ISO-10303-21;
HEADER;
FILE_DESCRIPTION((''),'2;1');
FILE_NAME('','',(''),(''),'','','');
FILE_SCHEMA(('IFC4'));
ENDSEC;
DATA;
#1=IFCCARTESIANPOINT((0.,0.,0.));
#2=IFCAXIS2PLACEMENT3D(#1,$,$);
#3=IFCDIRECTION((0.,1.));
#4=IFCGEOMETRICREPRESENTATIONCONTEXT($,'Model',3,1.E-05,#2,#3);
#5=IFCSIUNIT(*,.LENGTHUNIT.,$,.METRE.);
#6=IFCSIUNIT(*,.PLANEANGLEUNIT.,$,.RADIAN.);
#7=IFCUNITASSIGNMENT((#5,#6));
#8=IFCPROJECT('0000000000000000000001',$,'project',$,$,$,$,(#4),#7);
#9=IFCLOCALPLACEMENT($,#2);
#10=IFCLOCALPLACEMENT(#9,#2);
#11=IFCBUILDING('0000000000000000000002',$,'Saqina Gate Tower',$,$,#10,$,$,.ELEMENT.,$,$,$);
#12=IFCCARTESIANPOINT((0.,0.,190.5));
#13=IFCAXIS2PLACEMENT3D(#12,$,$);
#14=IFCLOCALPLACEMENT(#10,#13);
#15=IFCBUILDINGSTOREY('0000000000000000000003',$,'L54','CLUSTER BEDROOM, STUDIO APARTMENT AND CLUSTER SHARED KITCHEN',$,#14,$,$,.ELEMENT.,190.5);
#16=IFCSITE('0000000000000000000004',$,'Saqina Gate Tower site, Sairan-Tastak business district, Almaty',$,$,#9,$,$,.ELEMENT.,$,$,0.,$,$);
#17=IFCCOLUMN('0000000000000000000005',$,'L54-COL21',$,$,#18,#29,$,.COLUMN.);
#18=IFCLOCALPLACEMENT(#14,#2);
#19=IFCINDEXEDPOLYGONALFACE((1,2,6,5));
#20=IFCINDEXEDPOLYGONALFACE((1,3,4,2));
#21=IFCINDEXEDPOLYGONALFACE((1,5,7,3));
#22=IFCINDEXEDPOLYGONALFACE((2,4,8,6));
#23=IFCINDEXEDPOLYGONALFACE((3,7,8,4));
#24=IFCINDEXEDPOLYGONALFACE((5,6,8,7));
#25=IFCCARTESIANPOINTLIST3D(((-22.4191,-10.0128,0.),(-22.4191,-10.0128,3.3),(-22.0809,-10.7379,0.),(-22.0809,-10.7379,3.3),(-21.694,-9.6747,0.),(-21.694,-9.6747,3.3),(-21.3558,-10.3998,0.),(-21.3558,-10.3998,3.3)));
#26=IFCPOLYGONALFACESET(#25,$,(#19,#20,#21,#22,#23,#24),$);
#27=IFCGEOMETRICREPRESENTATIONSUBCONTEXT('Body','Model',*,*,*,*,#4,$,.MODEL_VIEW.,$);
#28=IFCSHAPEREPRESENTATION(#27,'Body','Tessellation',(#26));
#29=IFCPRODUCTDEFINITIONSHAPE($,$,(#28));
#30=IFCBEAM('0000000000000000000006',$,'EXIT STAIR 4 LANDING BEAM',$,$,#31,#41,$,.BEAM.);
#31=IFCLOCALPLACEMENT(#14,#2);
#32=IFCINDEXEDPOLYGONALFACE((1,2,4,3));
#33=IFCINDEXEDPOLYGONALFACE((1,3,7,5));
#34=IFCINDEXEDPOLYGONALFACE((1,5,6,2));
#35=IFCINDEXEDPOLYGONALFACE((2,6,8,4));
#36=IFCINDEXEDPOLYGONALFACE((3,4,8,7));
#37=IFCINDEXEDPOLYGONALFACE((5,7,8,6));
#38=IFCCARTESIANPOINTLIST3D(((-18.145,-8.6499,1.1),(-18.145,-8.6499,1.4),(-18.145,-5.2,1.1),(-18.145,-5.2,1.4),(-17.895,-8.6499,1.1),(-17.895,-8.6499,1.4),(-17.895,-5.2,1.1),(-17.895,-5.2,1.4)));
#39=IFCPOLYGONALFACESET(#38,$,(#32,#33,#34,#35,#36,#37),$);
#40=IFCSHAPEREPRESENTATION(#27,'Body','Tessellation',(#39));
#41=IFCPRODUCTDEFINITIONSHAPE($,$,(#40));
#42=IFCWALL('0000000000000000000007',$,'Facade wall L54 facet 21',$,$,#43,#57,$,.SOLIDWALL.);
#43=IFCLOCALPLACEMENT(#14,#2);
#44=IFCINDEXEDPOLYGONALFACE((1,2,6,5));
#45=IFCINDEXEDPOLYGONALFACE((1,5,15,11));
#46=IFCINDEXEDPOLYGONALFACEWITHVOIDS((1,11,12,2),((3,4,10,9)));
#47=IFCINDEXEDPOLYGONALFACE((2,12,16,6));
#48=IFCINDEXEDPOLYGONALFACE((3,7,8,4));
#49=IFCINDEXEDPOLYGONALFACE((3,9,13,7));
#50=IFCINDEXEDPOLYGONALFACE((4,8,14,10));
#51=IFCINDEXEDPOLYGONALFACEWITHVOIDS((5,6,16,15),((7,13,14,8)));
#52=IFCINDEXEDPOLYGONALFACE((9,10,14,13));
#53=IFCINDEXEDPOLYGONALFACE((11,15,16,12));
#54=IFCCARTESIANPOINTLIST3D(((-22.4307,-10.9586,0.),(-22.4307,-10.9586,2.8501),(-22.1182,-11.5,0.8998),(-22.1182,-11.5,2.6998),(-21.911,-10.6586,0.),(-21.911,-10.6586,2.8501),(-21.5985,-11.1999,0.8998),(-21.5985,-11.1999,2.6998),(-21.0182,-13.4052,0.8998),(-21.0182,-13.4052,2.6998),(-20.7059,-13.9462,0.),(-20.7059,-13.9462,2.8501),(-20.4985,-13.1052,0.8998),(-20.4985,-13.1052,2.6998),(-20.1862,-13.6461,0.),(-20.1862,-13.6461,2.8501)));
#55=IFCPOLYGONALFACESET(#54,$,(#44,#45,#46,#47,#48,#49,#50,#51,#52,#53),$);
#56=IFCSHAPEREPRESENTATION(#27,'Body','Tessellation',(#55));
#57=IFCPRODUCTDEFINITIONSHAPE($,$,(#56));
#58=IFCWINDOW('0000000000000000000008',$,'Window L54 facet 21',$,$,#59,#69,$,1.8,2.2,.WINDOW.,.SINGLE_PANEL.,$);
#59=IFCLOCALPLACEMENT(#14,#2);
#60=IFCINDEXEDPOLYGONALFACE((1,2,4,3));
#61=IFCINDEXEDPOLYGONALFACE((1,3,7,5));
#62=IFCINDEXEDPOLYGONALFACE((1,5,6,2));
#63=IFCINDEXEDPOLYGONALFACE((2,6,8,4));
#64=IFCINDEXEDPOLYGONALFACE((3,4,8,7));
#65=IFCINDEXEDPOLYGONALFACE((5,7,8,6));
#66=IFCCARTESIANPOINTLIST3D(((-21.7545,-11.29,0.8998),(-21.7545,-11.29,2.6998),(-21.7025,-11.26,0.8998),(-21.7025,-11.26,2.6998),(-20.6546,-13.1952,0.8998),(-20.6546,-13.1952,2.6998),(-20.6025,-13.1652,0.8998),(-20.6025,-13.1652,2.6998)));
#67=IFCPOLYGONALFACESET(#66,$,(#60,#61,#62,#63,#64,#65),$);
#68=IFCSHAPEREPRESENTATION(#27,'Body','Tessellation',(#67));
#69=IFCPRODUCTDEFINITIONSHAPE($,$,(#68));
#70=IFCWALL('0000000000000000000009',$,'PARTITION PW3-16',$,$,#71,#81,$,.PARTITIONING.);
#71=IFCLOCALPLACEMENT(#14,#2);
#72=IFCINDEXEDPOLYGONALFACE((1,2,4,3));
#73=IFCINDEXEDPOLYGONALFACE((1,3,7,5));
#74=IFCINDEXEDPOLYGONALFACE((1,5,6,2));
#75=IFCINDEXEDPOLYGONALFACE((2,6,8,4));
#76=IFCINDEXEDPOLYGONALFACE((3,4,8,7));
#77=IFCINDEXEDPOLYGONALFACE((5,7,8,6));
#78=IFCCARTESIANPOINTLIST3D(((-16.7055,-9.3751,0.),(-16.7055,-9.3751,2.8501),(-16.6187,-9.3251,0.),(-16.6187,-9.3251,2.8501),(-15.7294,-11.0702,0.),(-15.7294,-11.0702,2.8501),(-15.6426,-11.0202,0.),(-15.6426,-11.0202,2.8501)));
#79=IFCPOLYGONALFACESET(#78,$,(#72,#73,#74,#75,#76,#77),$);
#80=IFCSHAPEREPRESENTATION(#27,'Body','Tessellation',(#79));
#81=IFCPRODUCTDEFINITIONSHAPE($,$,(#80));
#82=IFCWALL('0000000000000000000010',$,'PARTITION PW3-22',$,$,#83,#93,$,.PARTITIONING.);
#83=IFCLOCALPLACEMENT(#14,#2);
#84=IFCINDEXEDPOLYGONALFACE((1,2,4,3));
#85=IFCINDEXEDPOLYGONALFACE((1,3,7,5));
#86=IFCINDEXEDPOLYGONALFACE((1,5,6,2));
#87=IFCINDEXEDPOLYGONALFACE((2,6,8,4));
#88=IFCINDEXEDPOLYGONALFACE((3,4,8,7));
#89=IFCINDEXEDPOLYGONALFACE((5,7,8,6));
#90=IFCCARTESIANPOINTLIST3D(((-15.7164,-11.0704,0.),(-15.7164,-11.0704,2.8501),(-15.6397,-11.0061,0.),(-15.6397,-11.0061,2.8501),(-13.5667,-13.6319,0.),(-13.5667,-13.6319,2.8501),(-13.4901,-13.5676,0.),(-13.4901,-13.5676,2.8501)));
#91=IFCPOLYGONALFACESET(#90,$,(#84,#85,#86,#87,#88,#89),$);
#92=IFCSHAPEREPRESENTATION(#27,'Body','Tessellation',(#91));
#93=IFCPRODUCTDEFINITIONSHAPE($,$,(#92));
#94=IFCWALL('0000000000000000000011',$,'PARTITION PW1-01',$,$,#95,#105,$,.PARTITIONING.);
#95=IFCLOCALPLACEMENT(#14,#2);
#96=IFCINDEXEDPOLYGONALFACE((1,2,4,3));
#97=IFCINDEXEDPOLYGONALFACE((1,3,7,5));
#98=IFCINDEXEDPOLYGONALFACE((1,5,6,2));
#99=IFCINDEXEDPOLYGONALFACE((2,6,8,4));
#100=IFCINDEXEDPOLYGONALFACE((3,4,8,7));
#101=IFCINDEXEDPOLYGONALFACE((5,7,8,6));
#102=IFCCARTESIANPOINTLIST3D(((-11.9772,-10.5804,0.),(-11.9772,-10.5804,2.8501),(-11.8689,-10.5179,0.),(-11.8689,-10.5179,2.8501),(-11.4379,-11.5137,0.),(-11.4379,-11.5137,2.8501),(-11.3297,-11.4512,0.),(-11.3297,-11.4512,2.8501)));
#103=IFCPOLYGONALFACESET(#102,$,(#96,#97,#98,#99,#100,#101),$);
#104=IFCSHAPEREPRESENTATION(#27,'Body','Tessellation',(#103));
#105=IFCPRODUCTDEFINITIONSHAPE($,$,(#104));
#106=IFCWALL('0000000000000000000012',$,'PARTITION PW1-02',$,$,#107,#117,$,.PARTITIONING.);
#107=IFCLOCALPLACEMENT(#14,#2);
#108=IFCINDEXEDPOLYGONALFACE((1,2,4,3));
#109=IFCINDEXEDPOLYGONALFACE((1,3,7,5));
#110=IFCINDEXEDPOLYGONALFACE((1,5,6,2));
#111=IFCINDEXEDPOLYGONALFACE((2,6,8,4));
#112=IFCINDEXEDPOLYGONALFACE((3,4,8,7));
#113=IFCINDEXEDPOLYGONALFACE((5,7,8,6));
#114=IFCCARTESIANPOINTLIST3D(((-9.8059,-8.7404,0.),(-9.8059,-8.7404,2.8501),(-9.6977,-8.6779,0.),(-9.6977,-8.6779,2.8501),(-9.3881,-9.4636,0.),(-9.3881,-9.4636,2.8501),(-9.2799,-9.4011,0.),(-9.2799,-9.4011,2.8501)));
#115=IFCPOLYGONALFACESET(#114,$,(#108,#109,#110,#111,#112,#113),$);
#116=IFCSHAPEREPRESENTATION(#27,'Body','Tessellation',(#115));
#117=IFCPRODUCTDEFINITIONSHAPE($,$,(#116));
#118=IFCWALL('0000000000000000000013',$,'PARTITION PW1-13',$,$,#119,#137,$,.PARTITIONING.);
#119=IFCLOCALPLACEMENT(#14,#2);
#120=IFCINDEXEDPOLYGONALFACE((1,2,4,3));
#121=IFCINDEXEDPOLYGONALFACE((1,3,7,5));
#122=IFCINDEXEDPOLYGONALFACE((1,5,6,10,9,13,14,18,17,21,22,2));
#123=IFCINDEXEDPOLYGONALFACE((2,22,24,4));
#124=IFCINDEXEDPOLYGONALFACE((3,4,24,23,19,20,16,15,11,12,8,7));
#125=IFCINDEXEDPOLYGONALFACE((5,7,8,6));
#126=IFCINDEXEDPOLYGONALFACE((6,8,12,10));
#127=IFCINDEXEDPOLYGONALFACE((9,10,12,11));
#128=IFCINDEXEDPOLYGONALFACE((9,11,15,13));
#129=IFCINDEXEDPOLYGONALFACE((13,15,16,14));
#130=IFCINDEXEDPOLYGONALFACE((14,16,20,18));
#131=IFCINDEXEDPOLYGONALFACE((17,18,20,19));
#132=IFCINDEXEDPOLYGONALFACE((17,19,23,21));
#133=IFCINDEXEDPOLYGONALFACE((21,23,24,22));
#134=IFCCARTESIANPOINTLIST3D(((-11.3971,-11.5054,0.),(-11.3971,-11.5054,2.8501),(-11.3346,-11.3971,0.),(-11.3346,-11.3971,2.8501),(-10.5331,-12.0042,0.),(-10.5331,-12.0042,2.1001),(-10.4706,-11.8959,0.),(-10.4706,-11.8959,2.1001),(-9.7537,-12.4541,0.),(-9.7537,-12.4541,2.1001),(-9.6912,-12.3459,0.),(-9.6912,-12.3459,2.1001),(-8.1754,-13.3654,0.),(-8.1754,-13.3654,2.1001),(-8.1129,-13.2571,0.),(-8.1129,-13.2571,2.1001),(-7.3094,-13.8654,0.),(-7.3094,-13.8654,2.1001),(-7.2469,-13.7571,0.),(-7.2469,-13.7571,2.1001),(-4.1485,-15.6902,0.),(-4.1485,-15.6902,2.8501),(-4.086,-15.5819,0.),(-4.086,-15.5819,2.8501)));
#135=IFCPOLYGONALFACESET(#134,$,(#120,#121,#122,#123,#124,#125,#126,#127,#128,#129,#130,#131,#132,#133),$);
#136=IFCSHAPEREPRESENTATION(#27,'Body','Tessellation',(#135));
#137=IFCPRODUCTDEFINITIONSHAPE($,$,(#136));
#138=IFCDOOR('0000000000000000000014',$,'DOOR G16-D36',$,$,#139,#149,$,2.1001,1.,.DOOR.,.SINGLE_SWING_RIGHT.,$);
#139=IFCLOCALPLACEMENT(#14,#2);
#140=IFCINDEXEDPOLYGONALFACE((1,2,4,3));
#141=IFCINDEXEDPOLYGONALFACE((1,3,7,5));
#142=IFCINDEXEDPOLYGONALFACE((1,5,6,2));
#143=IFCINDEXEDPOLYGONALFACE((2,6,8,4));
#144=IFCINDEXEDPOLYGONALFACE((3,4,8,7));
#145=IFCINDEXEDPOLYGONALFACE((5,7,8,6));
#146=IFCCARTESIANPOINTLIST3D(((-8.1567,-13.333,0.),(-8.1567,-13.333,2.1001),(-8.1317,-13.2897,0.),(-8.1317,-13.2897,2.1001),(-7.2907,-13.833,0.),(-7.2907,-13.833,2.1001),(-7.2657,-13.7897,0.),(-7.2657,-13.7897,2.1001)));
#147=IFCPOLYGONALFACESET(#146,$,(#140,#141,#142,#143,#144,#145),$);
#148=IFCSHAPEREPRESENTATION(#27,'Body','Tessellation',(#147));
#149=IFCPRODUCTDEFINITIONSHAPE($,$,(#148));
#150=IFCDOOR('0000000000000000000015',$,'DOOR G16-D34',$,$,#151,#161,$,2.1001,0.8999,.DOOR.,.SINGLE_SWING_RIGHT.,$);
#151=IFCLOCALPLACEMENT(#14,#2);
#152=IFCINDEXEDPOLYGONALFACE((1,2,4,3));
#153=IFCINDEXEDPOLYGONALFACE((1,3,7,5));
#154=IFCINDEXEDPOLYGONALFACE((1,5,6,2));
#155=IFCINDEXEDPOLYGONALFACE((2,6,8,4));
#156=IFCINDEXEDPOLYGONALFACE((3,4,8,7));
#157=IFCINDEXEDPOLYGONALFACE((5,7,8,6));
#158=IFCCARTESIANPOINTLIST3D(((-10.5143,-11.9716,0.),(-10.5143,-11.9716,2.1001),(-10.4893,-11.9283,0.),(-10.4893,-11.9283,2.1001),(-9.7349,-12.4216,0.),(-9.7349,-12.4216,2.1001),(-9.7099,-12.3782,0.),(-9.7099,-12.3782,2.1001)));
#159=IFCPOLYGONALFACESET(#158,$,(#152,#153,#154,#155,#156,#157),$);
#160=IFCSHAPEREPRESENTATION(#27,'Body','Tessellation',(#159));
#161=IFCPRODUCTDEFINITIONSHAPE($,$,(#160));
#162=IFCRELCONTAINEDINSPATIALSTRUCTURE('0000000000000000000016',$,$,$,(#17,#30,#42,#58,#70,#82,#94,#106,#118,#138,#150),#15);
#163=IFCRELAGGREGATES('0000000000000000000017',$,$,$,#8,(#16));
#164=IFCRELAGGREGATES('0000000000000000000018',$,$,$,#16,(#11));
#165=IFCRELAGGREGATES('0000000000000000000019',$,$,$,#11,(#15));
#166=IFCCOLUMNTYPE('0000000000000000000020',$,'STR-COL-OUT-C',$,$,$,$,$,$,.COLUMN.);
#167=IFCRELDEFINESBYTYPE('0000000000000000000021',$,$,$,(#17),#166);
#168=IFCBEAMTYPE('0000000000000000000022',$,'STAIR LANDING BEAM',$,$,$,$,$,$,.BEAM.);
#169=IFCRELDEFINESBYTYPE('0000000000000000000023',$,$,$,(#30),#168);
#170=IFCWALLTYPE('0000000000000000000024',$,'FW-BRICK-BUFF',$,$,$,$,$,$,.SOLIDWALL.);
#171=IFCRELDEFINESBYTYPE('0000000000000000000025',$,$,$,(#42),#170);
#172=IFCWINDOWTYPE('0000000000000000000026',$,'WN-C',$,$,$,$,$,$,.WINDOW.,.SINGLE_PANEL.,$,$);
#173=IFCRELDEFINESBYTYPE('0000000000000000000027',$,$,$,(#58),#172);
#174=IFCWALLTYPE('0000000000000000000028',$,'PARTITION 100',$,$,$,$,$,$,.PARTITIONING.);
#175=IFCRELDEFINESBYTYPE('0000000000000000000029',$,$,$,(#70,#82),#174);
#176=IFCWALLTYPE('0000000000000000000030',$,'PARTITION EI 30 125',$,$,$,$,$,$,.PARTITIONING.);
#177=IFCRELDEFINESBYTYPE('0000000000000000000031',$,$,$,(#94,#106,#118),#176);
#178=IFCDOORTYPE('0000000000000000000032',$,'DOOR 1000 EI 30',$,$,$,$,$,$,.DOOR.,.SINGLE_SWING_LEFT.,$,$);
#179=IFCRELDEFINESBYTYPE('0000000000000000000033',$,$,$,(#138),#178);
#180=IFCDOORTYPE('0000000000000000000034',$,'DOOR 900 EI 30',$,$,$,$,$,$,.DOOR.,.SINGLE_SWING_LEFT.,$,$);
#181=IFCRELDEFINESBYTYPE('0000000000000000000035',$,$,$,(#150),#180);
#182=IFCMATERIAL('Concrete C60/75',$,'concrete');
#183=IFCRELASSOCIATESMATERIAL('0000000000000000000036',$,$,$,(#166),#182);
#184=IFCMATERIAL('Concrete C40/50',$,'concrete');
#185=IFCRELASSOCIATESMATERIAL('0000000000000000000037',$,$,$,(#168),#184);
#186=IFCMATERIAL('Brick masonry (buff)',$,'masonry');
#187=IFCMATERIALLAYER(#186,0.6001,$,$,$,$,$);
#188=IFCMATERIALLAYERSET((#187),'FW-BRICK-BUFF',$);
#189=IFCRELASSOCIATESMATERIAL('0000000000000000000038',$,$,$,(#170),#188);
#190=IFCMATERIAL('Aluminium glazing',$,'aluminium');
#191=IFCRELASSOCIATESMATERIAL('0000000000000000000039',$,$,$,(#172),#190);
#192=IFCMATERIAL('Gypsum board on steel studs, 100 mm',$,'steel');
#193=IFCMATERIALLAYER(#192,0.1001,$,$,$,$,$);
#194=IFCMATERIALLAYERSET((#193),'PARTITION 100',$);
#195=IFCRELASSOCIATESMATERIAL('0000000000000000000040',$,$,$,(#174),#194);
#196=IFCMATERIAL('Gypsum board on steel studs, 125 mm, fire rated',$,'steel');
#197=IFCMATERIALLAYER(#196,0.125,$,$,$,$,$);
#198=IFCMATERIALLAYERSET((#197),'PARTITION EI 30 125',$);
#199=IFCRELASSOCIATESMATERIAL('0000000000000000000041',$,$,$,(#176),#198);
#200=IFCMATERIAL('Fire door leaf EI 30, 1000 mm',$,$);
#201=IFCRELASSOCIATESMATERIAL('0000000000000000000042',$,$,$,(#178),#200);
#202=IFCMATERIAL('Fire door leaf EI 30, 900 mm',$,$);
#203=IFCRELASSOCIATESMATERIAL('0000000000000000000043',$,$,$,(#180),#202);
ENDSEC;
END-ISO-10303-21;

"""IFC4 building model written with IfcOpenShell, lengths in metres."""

from ifc_helpers import new_model, si_unit, direction, frame, frame_2d, origin, origin_2d, place, context, subcontext, project, spatial, rectangle, extrude, material, layer, layer_set, material_profile, profile_set, type_object, element, fill, save


model = new_model("IFC4")

# Units and contexts
model_context = context("Model", 3, precision=1e-05, world=origin(), true_north=direction((0.0, 1.0)))
body_context = subcontext(model_context, "Body", "Model", "MODEL_VIEW")
ifc_project = project(units=[si_unit("LENGTHUNIT", "METRE"), si_unit("PLANEANGLEUNIT", "RADIAN")], contexts=[model_context])

# Site, building, storey
site_placement = place(None, origin())
site = spatial("IfcSite", under=ifc_project, at=site_placement, Name="Saqina Gate Tower site, Sairan-Tastak business district, Almaty", CompositionType="ELEMENT", RefElevation=0.0)
building_placement = place(site_placement, origin())
building = spatial("IfcBuilding", under=site, at=building_placement, Name="Saqina Gate Tower", CompositionType="ELEMENT")
storey_placement = place(building_placement, frame((0.0, 0.0, 190.5)))
storey = spatial("IfcBuildingStorey", under=building, at=storey_placement, Name="L54", Description="CLUSTER BEDROOM, STUDIO APARTMENT AND CLUSTER SHARED KITCHEN", CompositionType="ELEMENT", Elevation=190.5)

# Column
ifc_material_1 = material(Name="Concrete C60/75", Category="concrete")
ifc_material_profile_1 = material_profile(ifc_material_1, rectangle(XDim=0.8, YDim=0.8, at=origin_2d()), Name="RC 800x800")
ifc_profile_set_1 = profile_set([ifc_material_profile_1], Name="Concrete C60/75")
column_type = type_object("IfcColumnType", Name="STR-COL-OUT-C", PredefinedType="COLUMN", material=ifc_profile_set_1)
column_placement = place(storey_placement, frame((-21.8875, -10.2063, 0.0), z_axis=(0.0, 0.0, 1.0), x_axis=(-0.906308, -0.422618, 0.0)))
element("IfcColumn", 1, at=column_placement, inside=storey, type_object=column_type, Name="L54-COL21", PredefinedType="COLUMN", context=body_context, shape_type="SweptSolid", body=[
    extrude(rectangle(XDim=0.8, YDim=0.8, at=origin_2d()), origin(), (0.0, 0.0, 1.0), 3.3),
])

# Beam
ifc_material_2 = material(Name="Concrete C40/50", Category="concrete")
ifc_material_profile_2 = material_profile(ifc_material_2, rectangle(XDim=0.25, YDim=0.3, at=origin_2d()), Name="STAIR LANDING BEAM")
ifc_profile_set_2 = profile_set([ifc_material_profile_2], Name="Concrete C40/50")
beam_type = type_object("IfcBeamType", Name="STAIR LANDING BEAM", PredefinedType="BEAM", material=ifc_profile_set_2)
beam_placement = place(storey_placement, frame((-18.02, -8.6499, 1.25), z_axis=(0.0, 1.0, 0.0), x_axis=(-1.0, 0.0, 0.0)))
element("IfcBeam", 2, at=beam_placement, inside=storey, type_object=beam_type, Name="EXIT STAIR 4 LANDING BEAM", PredefinedType="BEAM", context=body_context, shape_type="SweptSolid", body=[
    extrude(rectangle(XDim=0.25, YDim=0.3, at=origin_2d()), origin(), (0.0, 0.0, 1.0), 3.45),
])

# Wall, opening, window
ifc_material_3 = material(Name="Brick masonry (buff)", Category="masonry")
ifc_layer_1 = layer(ifc_material_3, 0.6001)
ifc_layer_set_1 = layer_set([ifc_layer_1], Name="FW-BRICK-BUFF")
wall_type_1 = type_object("IfcWallType", Name="FW-BRICK-BUFF", PredefinedType="SOLIDWALL", material=ifc_layer_set_1)
wall_1_placement = place(storey_placement, frame((-22.1709, -10.8086, 0.0), z_axis=(0.0, 0.0, 1.0), x_axis=(0.499998, -0.866026, 0.0)))
wall_1 = element("IfcWall", 3, at=wall_1_placement, inside=storey, type_object=wall_type_1, Name="Facade wall L54 facet 21", PredefinedType="SOLIDWALL", context=body_context, shape_type="SweptSolid", body=[
    extrude(rectangle(XDim=3.4497, YDim=0.6001, at=frame_2d((1.7249, 0.0))), origin(), (0.0, 0.0, 1.0), 2.8501),
])
opening_1_placement = place(wall_1_placement, frame((0.625, 0.0, 0.8999)))
opening_1 = element("IfcOpeningElement", 4, at=opening_1_placement, cuts=wall_1, PredefinedType="OPENING", context=body_context, shape_type="SweptSolid", body=[
    extrude(rectangle(XDim=2.2, YDim=1.8, at=frame_2d((1.1001, 0.8999))), frame((0.0, 0.312, 0.0), z_axis=(0.0, -1.0, 0.0), x_axis=(1.0, 0.0, 0.0)), (0.0, 0.0, 1.0), 0.624),
])
ifc_material_4 = material(Name="Aluminium glazing", Category="aluminium")
window_type = type_object("IfcWindowType", Name="WN-C", PartitioningType="SINGLE_PANEL", PredefinedType="WINDOW", material=ifc_material_4)
window_placement = place(opening_1_placement, origin())
window = element("IfcWindow", 5, at=window_placement, inside=storey, type_object=window_type, Name="Window L54 facet 21", OverallHeight=1.8, OverallWidth=2.2, PartitioningType="SINGLE_PANEL", PredefinedType="WINDOW", context=body_context, shape_type="SweptSolid", body=[
    extrude(rectangle(XDim=2.2, YDim=1.8, at=frame_2d((1.1001, 0.8999))), frame((0.0, 0.1799, 0.0), z_axis=(0.0, -1.0, 0.0), x_axis=(1.0, 0.0, 0.0)), (0.0, 0.0, 1.0), 0.0601),
])
fill(opening_1, window)

# Walls
ifc_material_5 = material(Name="Gypsum board on steel studs, 100 mm", Category="steel")
ifc_layer_2 = layer(ifc_material_5, 0.1001)
ifc_layer_set_2 = layer_set([ifc_layer_2], Name="PARTITION 100")
wall_type_2 = type_object("IfcWallType", Name="PARTITION 100", PredefinedType="PARTITIONING", material=ifc_layer_set_2)
wall_2_placement = place(storey_placement, frame((-16.6621, -9.3501, 0.0), z_axis=(0.0, 0.0, 1.0), x_axis=(0.499013, -0.866595, 0.0)))
element("IfcWall", 6, at=wall_2_placement, inside=storey, type_object=wall_type_2, Name="PARTITION PW3-16", PredefinedType="PARTITIONING", context=body_context, shape_type="SweptSolid", body=[
    extrude(rectangle(XDim=1.9561, YDim=0.1001, at=frame_2d((0.978, 0.0))), origin(), (0.0, 0.0, 1.0), 2.8501),
])
wall_3_placement = place(storey_placement, frame((-15.678, -11.0383, 0.0), z_axis=(0.0, 0.0, 1.0), x_axis=(0.642838, -0.766003, 0.0)))
element("IfcWall", 7, at=wall_3_placement, inside=storey, type_object=wall_type_2, Name="PARTITION PW3-22", PredefinedType="PARTITIONING", context=body_context, shape_type="SweptSolid", body=[
    extrude(rectangle(XDim=3.344, YDim=0.1001, at=frame_2d((1.6719, 0.0))), origin(), (0.0, 0.0, 1.0), 2.8501),
])
ifc_material_6 = material(Name="Gypsum board on steel studs, 125 mm, fire rated", Category="steel")
ifc_layer_3 = layer(ifc_material_6, 0.125)
ifc_layer_set_3 = layer_set([ifc_layer_3], Name="PARTITION EI 30 125")
wall_type_3 = type_object("IfcWallType", Name="PARTITION EI 30 125", PredefinedType="PARTITIONING", material=ifc_layer_set_3)
wall_4_placement = place(storey_placement, frame((-11.9231, -10.5491, 0.0), z_axis=(0.0, 0.0, 1.0), x_axis=(0.500304, -0.86585, 0.0)))
element("IfcWall", 8, at=wall_4_placement, inside=storey, type_object=wall_type_3, Name="PARTITION PW1-01", PredefinedType="PARTITIONING", context=body_context, shape_type="SweptSolid", body=[
    extrude(rectangle(XDim=1.0779, YDim=0.125, at=frame_2d((0.5391, 0.0))), origin(), (0.0, 0.0, 1.0), 2.8501),
])
wall_5_placement = place(storey_placement, frame((-9.7517, -8.7092, 0.0), z_axis=(0.0, 0.0, 1.0), x_axis=(0.500195, -0.865913, 0.0)))
element("IfcWall", 9, at=wall_5_placement, inside=storey, type_object=wall_type_3, Name="PARTITION PW1-02", PredefinedType="PARTITIONING", context=body_context, shape_type="SweptSolid", body=[
    extrude(rectangle(XDim=0.8352, YDim=0.125, at=frame_2d((0.4175, 0.0))), origin(), (0.0, 0.0, 1.0), 2.8501),
])

# Wall, openings, doors
wall_6_placement = place(storey_placement, frame((-11.366, -11.4512, 0.0), z_axis=(0.0, 0.0, 1.0), x_axis=(0.866032, -0.499988, 0.0)))
wall_6 = element("IfcWall", 10, at=wall_6_placement, inside=storey, type_object=wall_type_3, Name="PARTITION PW1-13", PredefinedType="PARTITIONING", context=body_context, shape_type="SweptSolid", body=[
    extrude(rectangle(XDim=8.3699, YDim=0.125, at=frame_2d((4.1851, 0.0))), origin(), (0.0, 0.0, 1.0), 2.8501),
])
opening_2_placement = place(wall_6_placement, frame((0.9978, 0.0, 0.0)))
opening_2 = element("IfcOpeningElement", 11, at=opening_2_placement, cuts=wall_6, PredefinedType="OPENING", context=body_context, shape_type="SweptSolid", body=[
    extrude(rectangle(XDim=0.8999, YDim=2.1001, at=frame_2d((0.45, 1.05))), frame((0.0, 0.0745, 0.0), z_axis=(0.0, -1.0, 0.0), x_axis=(1.0, 0.0, 0.0)), (0.0, 0.0, 1.0), 0.1489),
])
opening_3_placement = place(wall_6_placement, frame((3.7202, 0.0, 0.0)))
opening_3 = element("IfcOpeningElement", 12, at=opening_3_placement, cuts=wall_6, PredefinedType="OPENING", context=body_context, shape_type="SweptSolid", body=[
    extrude(rectangle(XDim=1.0, YDim=2.1001, at=frame_2d((0.5, 1.05))), frame((0.0, 0.0745, 0.0), z_axis=(0.0, -1.0, 0.0), x_axis=(1.0, 0.0, 0.0)), (0.0, 0.0, 1.0), 0.1489),
])
ifc_material_7 = material(Name="Fire door leaf EI 30, 1000 mm")
door_type_1 = type_object("IfcDoorType", Name="DOOR 1000 EI 30", OperationType="SINGLE_SWING_LEFT", PredefinedType="DOOR", material=ifc_material_7)
door_1_placement = place(opening_3_placement, origin())
door_1 = element("IfcDoor", 13, at=door_1_placement, inside=storey, type_object=door_type_1, Name="DOOR G16-D36", OperationType="SINGLE_SWING_RIGHT", OverallHeight=2.1001, OverallWidth=1.0, PredefinedType="DOOR", context=body_context, shape_type="SweptSolid", body=[
    extrude(rectangle(XDim=1.0, YDim=2.1001, at=frame_2d((0.5, 1.05))), frame((0.0, 0.0249, 0.0), z_axis=(0.0, -1.0, 0.0), x_axis=(1.0, 0.0, 0.0)), (0.0, 0.0, 1.0), 0.05),
])
fill(opening_3, door_1)
ifc_material_8 = material(Name="Fire door leaf EI 30, 900 mm")
door_type_2 = type_object("IfcDoorType", Name="DOOR 900 EI 30", OperationType="SINGLE_SWING_LEFT", PredefinedType="DOOR", material=ifc_material_8)
door_2_placement = place(opening_2_placement, frame((0.8999, 0.0, 0.0), z_axis=(0.0, 0.0, 1.0), x_axis=(-1.0, 0.0, 0.0)))
door_2 = element("IfcDoor", 14, at=door_2_placement, inside=storey, type_object=door_type_2, Name="DOOR G16-D34", OperationType="SINGLE_SWING_RIGHT", OverallHeight=2.1001, OverallWidth=0.8999, PredefinedType="DOOR", context=body_context, shape_type="SweptSolid", body=[
    extrude(rectangle(XDim=0.8999, YDim=2.1001, at=frame_2d((0.45, 1.05))), frame((0.0, 0.0249, 0.0), z_axis=(0.0, -1.0, 0.0), x_axis=(1.0, 0.0, 0.0)), (0.0, 0.0, 1.0), 0.05),
])
fill(opening_2, door_2)

save(model, "model.ifc")
